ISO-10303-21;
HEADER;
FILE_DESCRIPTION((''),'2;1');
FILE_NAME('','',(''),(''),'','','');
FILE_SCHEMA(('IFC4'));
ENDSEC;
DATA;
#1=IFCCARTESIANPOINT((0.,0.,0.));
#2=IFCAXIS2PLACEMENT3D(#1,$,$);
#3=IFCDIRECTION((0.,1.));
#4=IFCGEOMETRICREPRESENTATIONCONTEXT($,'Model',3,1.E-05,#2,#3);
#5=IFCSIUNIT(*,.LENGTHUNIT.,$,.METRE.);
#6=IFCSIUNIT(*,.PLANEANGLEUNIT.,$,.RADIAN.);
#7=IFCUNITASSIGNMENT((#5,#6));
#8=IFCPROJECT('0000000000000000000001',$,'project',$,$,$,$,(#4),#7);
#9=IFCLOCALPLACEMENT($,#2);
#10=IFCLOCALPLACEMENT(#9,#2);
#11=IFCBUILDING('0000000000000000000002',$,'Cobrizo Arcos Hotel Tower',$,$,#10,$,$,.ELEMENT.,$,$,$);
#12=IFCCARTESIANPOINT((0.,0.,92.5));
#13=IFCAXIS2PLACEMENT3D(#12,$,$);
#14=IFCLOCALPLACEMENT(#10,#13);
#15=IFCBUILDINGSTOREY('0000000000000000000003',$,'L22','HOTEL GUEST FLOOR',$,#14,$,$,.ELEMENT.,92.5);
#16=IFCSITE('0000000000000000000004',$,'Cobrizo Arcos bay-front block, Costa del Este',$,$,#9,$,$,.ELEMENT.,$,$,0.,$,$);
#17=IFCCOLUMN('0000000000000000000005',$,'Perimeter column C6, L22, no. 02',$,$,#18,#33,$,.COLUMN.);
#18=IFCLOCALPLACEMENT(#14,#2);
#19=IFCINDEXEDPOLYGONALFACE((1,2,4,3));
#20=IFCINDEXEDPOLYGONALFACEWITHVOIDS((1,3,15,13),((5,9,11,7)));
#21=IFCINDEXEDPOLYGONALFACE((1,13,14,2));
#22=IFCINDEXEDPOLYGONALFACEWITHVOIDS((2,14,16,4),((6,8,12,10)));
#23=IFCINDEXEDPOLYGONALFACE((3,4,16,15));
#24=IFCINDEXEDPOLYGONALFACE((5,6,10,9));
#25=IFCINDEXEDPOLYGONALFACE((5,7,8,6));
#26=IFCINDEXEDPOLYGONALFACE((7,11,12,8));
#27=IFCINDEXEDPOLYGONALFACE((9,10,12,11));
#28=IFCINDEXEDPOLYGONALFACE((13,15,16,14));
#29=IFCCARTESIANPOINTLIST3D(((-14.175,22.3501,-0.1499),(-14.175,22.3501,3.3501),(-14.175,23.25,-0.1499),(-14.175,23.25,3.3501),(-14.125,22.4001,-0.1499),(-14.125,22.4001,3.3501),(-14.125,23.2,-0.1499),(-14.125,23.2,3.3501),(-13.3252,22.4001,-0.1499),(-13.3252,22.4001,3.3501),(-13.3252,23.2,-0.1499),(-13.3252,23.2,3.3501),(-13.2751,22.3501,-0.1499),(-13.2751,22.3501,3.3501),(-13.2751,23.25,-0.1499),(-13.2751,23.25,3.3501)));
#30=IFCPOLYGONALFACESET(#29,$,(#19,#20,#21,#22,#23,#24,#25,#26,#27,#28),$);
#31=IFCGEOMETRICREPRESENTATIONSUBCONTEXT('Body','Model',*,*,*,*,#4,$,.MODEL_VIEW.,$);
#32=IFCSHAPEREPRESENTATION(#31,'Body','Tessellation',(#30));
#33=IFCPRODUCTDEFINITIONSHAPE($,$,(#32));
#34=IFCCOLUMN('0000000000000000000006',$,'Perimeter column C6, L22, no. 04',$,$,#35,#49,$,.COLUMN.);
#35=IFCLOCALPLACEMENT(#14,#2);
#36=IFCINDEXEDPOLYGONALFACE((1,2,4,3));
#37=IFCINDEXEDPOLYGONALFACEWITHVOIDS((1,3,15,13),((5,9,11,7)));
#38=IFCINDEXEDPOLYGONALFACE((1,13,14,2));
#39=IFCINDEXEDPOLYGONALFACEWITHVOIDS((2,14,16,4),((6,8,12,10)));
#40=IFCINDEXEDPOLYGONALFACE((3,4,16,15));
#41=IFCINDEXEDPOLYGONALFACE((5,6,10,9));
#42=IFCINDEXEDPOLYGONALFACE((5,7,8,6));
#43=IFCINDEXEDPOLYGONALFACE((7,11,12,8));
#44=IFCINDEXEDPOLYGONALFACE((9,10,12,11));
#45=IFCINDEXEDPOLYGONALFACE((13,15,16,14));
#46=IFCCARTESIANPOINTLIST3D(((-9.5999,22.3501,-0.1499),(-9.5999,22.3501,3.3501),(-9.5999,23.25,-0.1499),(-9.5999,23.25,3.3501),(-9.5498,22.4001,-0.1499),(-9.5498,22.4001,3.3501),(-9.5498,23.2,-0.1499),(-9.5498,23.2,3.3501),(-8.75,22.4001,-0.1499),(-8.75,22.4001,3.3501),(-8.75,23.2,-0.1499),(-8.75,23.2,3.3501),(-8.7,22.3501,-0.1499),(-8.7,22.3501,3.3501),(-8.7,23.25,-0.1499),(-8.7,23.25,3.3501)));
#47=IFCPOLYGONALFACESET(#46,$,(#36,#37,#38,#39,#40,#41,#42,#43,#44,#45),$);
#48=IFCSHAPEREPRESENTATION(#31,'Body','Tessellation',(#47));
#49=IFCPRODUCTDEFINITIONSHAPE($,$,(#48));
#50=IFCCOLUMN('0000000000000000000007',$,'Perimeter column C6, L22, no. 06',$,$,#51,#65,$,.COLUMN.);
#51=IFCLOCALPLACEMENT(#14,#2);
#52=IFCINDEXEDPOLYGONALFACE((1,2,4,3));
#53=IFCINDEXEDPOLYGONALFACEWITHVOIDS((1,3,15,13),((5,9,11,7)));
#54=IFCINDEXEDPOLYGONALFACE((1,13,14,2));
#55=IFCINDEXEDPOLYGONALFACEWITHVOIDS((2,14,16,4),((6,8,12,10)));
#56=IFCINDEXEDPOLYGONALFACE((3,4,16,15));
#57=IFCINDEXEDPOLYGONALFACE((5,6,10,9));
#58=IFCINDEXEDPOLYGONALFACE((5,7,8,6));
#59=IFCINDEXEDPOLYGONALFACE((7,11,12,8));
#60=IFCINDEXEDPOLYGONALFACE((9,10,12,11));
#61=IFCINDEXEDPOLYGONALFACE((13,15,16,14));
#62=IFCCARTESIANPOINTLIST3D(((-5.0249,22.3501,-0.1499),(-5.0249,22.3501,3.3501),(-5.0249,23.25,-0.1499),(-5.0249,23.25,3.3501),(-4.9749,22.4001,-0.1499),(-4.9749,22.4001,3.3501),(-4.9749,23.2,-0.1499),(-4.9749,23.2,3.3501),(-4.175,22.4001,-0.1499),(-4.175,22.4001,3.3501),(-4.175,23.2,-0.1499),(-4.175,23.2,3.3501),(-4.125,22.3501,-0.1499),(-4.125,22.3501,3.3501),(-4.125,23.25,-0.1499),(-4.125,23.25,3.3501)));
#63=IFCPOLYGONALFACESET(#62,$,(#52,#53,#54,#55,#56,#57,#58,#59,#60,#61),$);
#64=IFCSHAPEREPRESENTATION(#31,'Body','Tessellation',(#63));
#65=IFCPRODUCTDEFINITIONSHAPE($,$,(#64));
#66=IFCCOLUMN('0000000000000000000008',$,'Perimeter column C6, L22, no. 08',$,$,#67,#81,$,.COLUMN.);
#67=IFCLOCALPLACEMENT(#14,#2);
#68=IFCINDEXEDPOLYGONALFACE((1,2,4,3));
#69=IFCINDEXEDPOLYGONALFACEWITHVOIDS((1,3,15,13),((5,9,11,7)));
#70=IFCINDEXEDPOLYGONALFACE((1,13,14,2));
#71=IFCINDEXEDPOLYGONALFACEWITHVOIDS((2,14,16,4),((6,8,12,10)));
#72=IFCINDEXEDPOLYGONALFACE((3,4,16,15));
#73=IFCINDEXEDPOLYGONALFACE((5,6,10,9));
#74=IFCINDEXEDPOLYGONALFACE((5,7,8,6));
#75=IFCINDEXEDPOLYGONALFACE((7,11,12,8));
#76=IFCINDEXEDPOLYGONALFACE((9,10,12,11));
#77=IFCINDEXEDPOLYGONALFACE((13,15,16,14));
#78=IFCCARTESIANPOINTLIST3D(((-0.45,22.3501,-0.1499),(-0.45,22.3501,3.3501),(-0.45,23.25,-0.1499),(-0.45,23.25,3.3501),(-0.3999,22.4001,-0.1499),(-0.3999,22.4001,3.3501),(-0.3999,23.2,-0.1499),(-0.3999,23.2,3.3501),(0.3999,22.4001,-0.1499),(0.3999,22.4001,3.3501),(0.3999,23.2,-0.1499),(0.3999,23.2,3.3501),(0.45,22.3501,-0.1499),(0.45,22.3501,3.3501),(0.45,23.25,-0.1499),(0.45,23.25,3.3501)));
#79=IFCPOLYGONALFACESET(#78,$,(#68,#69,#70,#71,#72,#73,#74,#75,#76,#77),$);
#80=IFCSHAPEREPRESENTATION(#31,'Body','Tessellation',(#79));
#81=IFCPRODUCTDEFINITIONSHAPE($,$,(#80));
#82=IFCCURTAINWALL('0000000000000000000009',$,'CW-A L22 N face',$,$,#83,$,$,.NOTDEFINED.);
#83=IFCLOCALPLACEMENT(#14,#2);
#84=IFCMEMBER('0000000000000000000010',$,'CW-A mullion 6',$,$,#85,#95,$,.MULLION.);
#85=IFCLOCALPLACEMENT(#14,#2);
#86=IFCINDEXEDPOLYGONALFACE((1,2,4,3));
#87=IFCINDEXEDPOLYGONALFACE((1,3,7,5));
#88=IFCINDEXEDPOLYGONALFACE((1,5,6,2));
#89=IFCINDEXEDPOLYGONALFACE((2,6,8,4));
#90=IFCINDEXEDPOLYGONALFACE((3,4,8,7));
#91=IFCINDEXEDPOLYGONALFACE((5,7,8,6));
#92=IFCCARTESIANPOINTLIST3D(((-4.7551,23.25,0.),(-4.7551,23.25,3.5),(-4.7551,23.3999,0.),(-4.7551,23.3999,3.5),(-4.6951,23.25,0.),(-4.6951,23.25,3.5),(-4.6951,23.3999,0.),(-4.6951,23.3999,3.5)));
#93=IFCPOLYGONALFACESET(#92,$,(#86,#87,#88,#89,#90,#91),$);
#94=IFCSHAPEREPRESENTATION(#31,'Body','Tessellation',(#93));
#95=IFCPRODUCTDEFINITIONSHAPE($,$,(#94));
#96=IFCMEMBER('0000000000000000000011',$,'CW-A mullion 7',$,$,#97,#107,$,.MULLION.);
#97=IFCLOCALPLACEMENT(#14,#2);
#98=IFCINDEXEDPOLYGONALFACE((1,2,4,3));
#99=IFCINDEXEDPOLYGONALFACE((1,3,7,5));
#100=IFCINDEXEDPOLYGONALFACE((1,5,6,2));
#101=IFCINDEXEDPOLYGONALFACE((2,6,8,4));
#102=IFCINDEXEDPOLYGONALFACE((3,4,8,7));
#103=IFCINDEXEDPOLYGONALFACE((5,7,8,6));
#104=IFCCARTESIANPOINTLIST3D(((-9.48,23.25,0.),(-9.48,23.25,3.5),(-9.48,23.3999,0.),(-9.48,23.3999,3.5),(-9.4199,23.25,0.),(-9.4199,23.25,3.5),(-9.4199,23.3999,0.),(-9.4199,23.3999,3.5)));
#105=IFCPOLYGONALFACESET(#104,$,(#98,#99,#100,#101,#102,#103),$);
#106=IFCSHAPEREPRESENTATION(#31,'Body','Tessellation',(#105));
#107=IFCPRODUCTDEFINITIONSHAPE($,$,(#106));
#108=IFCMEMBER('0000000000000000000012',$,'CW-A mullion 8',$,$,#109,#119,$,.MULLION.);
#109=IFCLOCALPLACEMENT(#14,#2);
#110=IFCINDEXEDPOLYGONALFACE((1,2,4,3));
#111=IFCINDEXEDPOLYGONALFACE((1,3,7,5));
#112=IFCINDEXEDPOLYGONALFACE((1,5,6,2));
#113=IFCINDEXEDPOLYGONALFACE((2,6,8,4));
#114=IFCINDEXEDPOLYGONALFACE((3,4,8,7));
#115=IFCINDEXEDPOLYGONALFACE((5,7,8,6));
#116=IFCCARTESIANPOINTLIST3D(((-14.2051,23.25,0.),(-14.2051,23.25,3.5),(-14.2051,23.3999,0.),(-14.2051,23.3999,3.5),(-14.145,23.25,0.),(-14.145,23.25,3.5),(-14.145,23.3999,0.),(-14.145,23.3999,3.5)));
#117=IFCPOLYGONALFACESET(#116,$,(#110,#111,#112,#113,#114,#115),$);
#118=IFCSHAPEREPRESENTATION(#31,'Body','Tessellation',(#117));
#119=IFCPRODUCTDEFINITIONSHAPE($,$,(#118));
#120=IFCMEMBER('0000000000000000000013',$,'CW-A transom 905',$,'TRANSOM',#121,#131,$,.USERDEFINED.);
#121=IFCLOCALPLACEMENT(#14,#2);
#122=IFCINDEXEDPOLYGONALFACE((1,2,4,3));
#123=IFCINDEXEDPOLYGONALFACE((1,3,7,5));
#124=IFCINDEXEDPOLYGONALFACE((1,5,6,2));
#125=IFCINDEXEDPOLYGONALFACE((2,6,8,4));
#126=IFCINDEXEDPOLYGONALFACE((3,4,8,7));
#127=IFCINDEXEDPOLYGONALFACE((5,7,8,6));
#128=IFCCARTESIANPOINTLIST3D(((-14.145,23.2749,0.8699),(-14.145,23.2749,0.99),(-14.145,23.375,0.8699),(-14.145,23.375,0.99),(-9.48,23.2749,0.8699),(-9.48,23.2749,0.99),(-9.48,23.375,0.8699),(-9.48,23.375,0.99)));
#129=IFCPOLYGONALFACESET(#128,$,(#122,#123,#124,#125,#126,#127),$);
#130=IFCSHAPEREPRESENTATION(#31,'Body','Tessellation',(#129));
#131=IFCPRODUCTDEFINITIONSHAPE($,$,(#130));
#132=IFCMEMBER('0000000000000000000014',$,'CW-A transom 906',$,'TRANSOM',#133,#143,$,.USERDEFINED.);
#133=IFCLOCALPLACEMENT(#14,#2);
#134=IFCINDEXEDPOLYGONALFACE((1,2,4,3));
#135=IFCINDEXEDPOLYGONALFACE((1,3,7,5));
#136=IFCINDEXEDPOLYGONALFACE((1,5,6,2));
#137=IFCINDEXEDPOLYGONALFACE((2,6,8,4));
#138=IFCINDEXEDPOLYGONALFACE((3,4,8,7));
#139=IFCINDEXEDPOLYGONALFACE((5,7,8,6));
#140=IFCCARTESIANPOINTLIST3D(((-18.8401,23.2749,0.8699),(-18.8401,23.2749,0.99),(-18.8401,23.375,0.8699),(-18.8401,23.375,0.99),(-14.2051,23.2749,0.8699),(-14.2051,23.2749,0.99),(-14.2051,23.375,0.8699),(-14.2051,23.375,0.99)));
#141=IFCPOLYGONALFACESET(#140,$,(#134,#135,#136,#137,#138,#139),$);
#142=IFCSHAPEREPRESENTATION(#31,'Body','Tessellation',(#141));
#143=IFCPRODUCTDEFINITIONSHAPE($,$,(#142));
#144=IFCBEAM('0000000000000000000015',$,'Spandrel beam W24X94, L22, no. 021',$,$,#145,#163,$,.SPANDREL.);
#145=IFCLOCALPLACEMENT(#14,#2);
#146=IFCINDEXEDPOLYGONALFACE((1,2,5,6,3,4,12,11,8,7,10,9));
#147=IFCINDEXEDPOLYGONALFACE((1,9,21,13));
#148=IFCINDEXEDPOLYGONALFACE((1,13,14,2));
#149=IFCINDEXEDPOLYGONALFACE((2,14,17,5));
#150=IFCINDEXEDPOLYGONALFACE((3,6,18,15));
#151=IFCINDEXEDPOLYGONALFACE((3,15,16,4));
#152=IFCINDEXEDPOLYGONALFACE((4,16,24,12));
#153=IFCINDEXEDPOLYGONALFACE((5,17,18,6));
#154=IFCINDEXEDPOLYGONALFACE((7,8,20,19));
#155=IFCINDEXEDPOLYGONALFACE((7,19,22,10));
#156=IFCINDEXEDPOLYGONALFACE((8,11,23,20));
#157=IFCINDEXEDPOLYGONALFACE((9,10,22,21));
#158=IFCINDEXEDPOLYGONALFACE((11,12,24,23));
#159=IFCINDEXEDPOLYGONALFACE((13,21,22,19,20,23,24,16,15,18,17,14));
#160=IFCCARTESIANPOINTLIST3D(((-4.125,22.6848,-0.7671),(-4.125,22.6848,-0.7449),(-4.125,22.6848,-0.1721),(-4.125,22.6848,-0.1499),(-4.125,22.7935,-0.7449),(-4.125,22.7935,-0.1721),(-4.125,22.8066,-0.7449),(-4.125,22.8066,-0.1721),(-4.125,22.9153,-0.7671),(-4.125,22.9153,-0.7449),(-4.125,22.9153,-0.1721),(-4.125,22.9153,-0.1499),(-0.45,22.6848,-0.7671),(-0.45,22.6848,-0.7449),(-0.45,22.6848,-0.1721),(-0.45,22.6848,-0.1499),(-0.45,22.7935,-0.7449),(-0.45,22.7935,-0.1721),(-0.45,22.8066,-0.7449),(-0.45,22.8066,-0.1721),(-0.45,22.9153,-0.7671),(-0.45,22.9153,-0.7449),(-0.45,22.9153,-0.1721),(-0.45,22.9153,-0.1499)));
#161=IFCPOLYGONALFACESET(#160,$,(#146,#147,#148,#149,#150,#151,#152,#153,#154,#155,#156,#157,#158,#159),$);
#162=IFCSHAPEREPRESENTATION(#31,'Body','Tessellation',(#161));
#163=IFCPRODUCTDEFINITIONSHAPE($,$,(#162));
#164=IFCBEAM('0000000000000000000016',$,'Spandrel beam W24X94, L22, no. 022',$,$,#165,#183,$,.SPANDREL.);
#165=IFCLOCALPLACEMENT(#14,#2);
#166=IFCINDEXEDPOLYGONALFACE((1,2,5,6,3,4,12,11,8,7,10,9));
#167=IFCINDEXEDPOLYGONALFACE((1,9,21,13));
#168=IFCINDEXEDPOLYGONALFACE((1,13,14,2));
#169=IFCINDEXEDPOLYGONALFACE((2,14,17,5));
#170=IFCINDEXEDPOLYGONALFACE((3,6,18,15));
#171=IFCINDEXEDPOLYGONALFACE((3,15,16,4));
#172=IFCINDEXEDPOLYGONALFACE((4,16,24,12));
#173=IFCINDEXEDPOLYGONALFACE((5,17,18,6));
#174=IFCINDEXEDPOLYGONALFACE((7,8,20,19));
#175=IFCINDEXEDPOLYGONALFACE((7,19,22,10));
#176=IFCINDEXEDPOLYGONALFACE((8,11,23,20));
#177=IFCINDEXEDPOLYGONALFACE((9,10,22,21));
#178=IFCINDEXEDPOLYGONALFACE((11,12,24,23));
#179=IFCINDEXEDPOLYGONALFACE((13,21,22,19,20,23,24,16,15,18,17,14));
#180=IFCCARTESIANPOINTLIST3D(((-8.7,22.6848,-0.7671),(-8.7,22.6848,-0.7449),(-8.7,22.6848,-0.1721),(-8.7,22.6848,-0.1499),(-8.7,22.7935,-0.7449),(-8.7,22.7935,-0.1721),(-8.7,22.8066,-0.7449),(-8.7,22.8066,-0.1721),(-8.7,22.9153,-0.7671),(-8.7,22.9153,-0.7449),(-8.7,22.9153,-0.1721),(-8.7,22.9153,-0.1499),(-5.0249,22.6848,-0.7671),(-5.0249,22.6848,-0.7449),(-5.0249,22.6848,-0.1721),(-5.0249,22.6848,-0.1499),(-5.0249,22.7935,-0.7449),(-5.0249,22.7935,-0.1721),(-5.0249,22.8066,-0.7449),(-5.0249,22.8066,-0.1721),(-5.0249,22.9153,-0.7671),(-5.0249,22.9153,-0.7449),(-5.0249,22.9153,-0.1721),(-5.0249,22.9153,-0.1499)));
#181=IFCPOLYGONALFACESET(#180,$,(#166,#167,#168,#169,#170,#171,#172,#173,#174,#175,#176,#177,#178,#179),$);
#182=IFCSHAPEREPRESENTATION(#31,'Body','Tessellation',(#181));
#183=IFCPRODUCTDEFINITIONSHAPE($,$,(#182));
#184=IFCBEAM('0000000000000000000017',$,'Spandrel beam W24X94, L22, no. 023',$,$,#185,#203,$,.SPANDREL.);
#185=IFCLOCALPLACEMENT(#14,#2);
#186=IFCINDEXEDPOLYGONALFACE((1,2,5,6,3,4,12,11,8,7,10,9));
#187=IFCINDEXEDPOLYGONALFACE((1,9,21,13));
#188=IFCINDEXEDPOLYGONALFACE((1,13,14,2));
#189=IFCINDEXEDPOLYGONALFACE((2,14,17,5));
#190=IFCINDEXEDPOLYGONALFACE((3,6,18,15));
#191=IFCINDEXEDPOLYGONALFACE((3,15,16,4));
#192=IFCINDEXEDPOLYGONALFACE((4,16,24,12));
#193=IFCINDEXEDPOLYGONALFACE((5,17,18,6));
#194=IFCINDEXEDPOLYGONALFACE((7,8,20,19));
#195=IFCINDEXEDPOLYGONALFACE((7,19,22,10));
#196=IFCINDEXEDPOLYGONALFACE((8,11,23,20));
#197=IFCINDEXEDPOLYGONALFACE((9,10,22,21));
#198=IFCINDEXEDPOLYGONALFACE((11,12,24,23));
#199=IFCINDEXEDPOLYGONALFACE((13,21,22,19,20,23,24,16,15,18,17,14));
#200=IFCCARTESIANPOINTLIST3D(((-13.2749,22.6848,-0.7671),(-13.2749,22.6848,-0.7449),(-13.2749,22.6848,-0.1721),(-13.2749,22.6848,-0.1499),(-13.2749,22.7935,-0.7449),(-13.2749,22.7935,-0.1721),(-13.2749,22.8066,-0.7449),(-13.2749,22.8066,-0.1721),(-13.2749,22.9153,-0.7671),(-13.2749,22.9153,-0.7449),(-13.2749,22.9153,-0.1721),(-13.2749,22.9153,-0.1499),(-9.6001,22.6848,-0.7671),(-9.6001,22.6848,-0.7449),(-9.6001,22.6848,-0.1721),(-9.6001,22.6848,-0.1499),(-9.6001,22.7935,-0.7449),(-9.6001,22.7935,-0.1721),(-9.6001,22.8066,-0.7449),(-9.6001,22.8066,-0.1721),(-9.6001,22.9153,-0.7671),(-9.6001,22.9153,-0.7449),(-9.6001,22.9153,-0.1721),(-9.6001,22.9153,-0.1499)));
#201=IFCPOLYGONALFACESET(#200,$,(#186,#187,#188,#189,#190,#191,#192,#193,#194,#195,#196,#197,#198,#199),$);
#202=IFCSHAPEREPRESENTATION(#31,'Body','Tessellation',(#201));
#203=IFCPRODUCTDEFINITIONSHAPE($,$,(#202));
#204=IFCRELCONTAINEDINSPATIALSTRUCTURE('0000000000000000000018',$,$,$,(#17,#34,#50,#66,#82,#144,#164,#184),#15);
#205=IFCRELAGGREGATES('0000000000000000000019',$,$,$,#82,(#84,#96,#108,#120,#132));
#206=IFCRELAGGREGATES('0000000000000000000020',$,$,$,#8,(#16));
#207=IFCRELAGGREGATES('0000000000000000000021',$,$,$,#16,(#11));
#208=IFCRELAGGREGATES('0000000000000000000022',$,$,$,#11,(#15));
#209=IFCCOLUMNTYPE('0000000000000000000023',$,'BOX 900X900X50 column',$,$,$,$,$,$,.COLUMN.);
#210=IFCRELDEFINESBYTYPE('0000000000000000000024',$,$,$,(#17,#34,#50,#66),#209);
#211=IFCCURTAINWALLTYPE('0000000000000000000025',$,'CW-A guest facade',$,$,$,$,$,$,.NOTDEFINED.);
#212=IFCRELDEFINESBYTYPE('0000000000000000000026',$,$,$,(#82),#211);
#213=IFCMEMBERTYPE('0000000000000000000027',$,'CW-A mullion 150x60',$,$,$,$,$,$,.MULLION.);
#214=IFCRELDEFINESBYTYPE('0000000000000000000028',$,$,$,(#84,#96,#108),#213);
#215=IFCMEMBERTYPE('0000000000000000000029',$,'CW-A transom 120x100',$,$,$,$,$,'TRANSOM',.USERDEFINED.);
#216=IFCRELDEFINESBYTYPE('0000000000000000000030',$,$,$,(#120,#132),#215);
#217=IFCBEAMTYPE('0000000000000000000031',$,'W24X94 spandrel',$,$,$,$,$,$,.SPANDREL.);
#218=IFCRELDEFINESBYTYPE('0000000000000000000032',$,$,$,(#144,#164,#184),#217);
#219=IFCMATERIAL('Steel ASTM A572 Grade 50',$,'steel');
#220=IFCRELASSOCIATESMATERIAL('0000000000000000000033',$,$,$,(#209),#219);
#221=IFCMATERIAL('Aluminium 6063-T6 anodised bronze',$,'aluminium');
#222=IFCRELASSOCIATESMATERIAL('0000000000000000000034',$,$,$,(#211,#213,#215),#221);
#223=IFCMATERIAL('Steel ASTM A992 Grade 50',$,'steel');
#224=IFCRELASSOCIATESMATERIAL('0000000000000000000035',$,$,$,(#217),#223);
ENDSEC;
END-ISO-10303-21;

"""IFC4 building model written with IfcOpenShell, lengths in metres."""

from ifc_helpers import new_model, si_unit, direction, frame, origin, origin_2d, place, context, subcontext, project, spatial, rectangle, hollow_rectangle, i_section, extrude, material, material_profile, profile_set, type_object, element, aggregate, save


model = new_model("IFC4")

# Units and contexts
model_context = context("Model", 3, precision=1e-05, world=origin(), true_north=direction((0.0, 1.0)))
body_context = subcontext(model_context, "Body", "Model", "MODEL_VIEW")
ifc_project = project(units=[si_unit("LENGTHUNIT", "METRE"), si_unit("PLANEANGLEUNIT", "RADIAN")], contexts=[model_context])

# Site, building, storey
site_placement = place(None, origin())
site = spatial("IfcSite", under=ifc_project, at=site_placement, Name="Cobrizo Arcos bay-front block, Costa del Este", CompositionType="ELEMENT", RefElevation=0.0)
building_placement = place(site_placement, origin())
building = spatial("IfcBuilding", under=site, at=building_placement, Name="Cobrizo Arcos Hotel Tower", CompositionType="ELEMENT")
storey_placement = place(building_placement, frame((0.0, 0.0, 92.5)))
storey = spatial("IfcBuildingStorey", under=building, at=storey_placement, Name="L22", Description="HOTEL GUEST FLOOR", CompositionType="ELEMENT", Elevation=92.5)

# Columns
ifc_material_1 = material(Name="Steel ASTM A572 Grade 50", Category="steel")
ifc_material_profile_1 = material_profile(ifc_material_1, hollow_rectangle(XDim=0.8999, YDim=0.8999, WallThickness=0.05, at=origin_2d()), Name="BOX 900X900X50")
ifc_profile_set_1 = profile_set([ifc_material_profile_1], Name="Steel ASTM A572 Grade 50")
column_type = type_object("IfcColumnType", Name="BOX 900X900X50 column", PredefinedType="COLUMN", material=ifc_profile_set_1)
for number, where, z_axis, x_axis, name in (
    (1, (-13.7251, 22.8, -0.1499), (0.0, 0.0, 1.0), (1.0, 0.0, 0.0), "Perimeter column C6, L22, no. 02"),
    (2, (-9.1499, 22.8, -0.1499), (0.0, 0.0, 1.0), (1.0, 0.0, 0.0), "Perimeter column C6, L22, no. 04"),
    (3, (-4.575, 22.8, -0.1499), (0.0, 0.0, 1.0), (1.0, 0.0, 0.0), "Perimeter column C6, L22, no. 06"),
    (4, (0.0, 22.8, -0.1499), (0.0, 0.0, 1.0), (1.0, 0.0, 0.0), "Perimeter column C6, L22, no. 08"),
):
    element("IfcColumn", number, at=place(storey_placement, frame(where, z_axis=z_axis, x_axis=x_axis)), inside=storey, type_object=column_type, Name=name, PredefinedType="COLUMN", context=body_context, shape_type="SweptSolid", body=[
        extrude(hollow_rectangle(XDim=0.8999, YDim=0.8999, WallThickness=0.05, at=origin_2d()), origin(), (0.0, 0.0, 1.0), 3.5),
    ])

# Curtain wall, members
ifc_material_2 = material(Name="Aluminium 6063-T6 anodised bronze", Category="aluminium")
curtain_wall_type = type_object("IfcCurtainWallType", Name="CW-A guest facade", PredefinedType="NOTDEFINED", material=ifc_material_2)
curtain_wall_placement = place(storey_placement, origin())
curtain_wall = element("IfcCurtainWall", 5, at=curtain_wall_placement, inside=storey, type_object=curtain_wall_type, Name="CW-A L22 N face", PredefinedType="NOTDEFINED")
ifc_material_profile_2 = material_profile(ifc_material_2, rectangle(XDim=0.1499, YDim=0.0601, at=origin_2d()), Name="CW-A mullion 150x60")
ifc_profile_set_2 = profile_set([ifc_material_profile_2], Name="Aluminium 6063-T6 anodised bronze")
member_type_1 = type_object("IfcMemberType", Name="CW-A mullion 150x60", PredefinedType="MULLION", material=ifc_profile_set_2)
member_1_placement = place(storey_placement, frame((-4.7251, 23.325, 0.0), z_axis=(0.0, 0.0, 1.0), x_axis=(0.0, 1.0, 0.0)))
member_1 = element("IfcMember", 6, at=member_1_placement, type_object=member_type_1, Name="CW-A mullion 6", PredefinedType="MULLION", context=body_context, shape_type="SweptSolid", body=[
    extrude(rectangle(XDim=0.1499, YDim=0.0601, at=origin_2d()), origin(), (0.0, 0.0, 1.0), 3.5),
])
member_2_placement = place(storey_placement, frame((-9.45, 23.325, 0.0), z_axis=(0.0, 0.0, 1.0), x_axis=(0.0, 1.0, 0.0)))
member_2 = element("IfcMember", 7, at=member_2_placement, type_object=member_type_1, Name="CW-A mullion 7", PredefinedType="MULLION", context=body_context, shape_type="SweptSolid", body=[
    extrude(rectangle(XDim=0.1499, YDim=0.0601, at=origin_2d()), origin(), (0.0, 0.0, 1.0), 3.5),
])
member_3_placement = place(storey_placement, frame((-14.175, 23.325, 0.0), z_axis=(0.0, 0.0, 1.0), x_axis=(0.0, 1.0, 0.0)))
member_3 = element("IfcMember", 8, at=member_3_placement, type_object=member_type_1, Name="CW-A mullion 8", PredefinedType="MULLION", context=body_context, shape_type="SweptSolid", body=[
    extrude(rectangle(XDim=0.1499, YDim=0.0601, at=origin_2d()), origin(), (0.0, 0.0, 1.0), 3.5),
])
ifc_material_profile_3 = material_profile(ifc_material_2, rectangle(XDim=0.1001, YDim=0.1201, at=origin_2d()), Name="CW-A transom 120x100")
ifc_profile_set_3 = profile_set([ifc_material_profile_3], Name="Aluminium 6063-T6 anodised bronze")
member_type_2 = type_object("IfcMemberType", Name="CW-A transom 120x100", ElementType="TRANSOM", PredefinedType="USERDEFINED", material=ifc_profile_set_3)
member_4_placement = place(storey_placement, frame((-9.48, 23.325, 0.9299), z_axis=(-1.0, 0.0, 0.0), x_axis=(0.0, -1.0, 0.0)))
member_4 = element("IfcMember", 9, at=member_4_placement, type_object=member_type_2, Name="CW-A transom 905", ObjectType="TRANSOM", PredefinedType="USERDEFINED", context=body_context, shape_type="SweptSolid", body=[
    extrude(rectangle(XDim=0.1001, YDim=0.1201, at=origin_2d()), origin(), (0.0, 0.0, 1.0), 4.665),
])
member_5_placement = place(storey_placement, frame((-14.2051, 23.325, 0.9299), z_axis=(-1.0, 0.0, 0.0), x_axis=(0.0, -1.0, 0.0)))
member_5 = element("IfcMember", 10, at=member_5_placement, type_object=member_type_2, Name="CW-A transom 906", ObjectType="TRANSOM", PredefinedType="USERDEFINED", context=body_context, shape_type="SweptSolid", body=[
    extrude(rectangle(XDim=0.1001, YDim=0.1201, at=origin_2d()), origin(), (0.0, 0.0, 1.0), 4.635),
])

# Beams
ifc_material_3 = material(Name="Steel ASTM A992 Grade 50", Category="steel")
ifc_material_profile_4 = material_profile(ifc_material_3, i_section(OverallWidth=0.2305, OverallDepth=0.6172, WebThickness=0.0132, FlangeThickness=0.0222, at=origin_2d()), Name="W24X94")
ifc_profile_set_4 = profile_set([ifc_material_profile_4], Name="Steel ASTM A992 Grade 50")
beam_type = type_object("IfcBeamType", Name="W24X94 spandrel", PredefinedType="SPANDREL", material=ifc_profile_set_4)
for number, where, z_axis, x_axis, name in (
    (11, (-0.45, 22.8, -0.4585), (-1.0, 0.0, 0.0), (0.0, -1.0, 0.0), "Spandrel beam W24X94, L22, no. 021"),
    (12, (-5.0249, 22.8, -0.4585), (-1.0, 0.0, 0.0), (0.0, -1.0, 0.0), "Spandrel beam W24X94, L22, no. 022"),
):
    element("IfcBeam", number, at=place(storey_placement, frame(where, z_axis=z_axis, x_axis=x_axis)), inside=storey, type_object=beam_type, Name=name, PredefinedType="SPANDREL", context=body_context, shape_type="SweptSolid", body=[
        extrude(i_section(OverallWidth=0.2305, OverallDepth=0.6172, WebThickness=0.0132, FlangeThickness=0.0222, at=origin_2d()), origin(), (0.0, 0.0, 1.0), 3.675),
    ])
beam_1_placement = place(storey_placement, frame((-9.6001, 22.8, -0.4585), z_axis=(-1.0, 0.0, 0.0), x_axis=(0.0, -1.0, 0.0)))
element("IfcBeam", 13, at=beam_1_placement, inside=storey, type_object=beam_type, Name="Spandrel beam W24X94, L22, no. 023", PredefinedType="SPANDREL", context=body_context, shape_type="SweptSolid", body=[
    extrude(i_section(OverallWidth=0.2305, OverallDepth=0.6172, WebThickness=0.0132, FlangeThickness=0.0222, at=origin_2d()), origin(), (0.0, 0.0, 1.0), 3.6748),
])

aggregate(curtain_wall, [member_1, member_2, member_3, member_4, member_5])

save(model, "model.ifc")
